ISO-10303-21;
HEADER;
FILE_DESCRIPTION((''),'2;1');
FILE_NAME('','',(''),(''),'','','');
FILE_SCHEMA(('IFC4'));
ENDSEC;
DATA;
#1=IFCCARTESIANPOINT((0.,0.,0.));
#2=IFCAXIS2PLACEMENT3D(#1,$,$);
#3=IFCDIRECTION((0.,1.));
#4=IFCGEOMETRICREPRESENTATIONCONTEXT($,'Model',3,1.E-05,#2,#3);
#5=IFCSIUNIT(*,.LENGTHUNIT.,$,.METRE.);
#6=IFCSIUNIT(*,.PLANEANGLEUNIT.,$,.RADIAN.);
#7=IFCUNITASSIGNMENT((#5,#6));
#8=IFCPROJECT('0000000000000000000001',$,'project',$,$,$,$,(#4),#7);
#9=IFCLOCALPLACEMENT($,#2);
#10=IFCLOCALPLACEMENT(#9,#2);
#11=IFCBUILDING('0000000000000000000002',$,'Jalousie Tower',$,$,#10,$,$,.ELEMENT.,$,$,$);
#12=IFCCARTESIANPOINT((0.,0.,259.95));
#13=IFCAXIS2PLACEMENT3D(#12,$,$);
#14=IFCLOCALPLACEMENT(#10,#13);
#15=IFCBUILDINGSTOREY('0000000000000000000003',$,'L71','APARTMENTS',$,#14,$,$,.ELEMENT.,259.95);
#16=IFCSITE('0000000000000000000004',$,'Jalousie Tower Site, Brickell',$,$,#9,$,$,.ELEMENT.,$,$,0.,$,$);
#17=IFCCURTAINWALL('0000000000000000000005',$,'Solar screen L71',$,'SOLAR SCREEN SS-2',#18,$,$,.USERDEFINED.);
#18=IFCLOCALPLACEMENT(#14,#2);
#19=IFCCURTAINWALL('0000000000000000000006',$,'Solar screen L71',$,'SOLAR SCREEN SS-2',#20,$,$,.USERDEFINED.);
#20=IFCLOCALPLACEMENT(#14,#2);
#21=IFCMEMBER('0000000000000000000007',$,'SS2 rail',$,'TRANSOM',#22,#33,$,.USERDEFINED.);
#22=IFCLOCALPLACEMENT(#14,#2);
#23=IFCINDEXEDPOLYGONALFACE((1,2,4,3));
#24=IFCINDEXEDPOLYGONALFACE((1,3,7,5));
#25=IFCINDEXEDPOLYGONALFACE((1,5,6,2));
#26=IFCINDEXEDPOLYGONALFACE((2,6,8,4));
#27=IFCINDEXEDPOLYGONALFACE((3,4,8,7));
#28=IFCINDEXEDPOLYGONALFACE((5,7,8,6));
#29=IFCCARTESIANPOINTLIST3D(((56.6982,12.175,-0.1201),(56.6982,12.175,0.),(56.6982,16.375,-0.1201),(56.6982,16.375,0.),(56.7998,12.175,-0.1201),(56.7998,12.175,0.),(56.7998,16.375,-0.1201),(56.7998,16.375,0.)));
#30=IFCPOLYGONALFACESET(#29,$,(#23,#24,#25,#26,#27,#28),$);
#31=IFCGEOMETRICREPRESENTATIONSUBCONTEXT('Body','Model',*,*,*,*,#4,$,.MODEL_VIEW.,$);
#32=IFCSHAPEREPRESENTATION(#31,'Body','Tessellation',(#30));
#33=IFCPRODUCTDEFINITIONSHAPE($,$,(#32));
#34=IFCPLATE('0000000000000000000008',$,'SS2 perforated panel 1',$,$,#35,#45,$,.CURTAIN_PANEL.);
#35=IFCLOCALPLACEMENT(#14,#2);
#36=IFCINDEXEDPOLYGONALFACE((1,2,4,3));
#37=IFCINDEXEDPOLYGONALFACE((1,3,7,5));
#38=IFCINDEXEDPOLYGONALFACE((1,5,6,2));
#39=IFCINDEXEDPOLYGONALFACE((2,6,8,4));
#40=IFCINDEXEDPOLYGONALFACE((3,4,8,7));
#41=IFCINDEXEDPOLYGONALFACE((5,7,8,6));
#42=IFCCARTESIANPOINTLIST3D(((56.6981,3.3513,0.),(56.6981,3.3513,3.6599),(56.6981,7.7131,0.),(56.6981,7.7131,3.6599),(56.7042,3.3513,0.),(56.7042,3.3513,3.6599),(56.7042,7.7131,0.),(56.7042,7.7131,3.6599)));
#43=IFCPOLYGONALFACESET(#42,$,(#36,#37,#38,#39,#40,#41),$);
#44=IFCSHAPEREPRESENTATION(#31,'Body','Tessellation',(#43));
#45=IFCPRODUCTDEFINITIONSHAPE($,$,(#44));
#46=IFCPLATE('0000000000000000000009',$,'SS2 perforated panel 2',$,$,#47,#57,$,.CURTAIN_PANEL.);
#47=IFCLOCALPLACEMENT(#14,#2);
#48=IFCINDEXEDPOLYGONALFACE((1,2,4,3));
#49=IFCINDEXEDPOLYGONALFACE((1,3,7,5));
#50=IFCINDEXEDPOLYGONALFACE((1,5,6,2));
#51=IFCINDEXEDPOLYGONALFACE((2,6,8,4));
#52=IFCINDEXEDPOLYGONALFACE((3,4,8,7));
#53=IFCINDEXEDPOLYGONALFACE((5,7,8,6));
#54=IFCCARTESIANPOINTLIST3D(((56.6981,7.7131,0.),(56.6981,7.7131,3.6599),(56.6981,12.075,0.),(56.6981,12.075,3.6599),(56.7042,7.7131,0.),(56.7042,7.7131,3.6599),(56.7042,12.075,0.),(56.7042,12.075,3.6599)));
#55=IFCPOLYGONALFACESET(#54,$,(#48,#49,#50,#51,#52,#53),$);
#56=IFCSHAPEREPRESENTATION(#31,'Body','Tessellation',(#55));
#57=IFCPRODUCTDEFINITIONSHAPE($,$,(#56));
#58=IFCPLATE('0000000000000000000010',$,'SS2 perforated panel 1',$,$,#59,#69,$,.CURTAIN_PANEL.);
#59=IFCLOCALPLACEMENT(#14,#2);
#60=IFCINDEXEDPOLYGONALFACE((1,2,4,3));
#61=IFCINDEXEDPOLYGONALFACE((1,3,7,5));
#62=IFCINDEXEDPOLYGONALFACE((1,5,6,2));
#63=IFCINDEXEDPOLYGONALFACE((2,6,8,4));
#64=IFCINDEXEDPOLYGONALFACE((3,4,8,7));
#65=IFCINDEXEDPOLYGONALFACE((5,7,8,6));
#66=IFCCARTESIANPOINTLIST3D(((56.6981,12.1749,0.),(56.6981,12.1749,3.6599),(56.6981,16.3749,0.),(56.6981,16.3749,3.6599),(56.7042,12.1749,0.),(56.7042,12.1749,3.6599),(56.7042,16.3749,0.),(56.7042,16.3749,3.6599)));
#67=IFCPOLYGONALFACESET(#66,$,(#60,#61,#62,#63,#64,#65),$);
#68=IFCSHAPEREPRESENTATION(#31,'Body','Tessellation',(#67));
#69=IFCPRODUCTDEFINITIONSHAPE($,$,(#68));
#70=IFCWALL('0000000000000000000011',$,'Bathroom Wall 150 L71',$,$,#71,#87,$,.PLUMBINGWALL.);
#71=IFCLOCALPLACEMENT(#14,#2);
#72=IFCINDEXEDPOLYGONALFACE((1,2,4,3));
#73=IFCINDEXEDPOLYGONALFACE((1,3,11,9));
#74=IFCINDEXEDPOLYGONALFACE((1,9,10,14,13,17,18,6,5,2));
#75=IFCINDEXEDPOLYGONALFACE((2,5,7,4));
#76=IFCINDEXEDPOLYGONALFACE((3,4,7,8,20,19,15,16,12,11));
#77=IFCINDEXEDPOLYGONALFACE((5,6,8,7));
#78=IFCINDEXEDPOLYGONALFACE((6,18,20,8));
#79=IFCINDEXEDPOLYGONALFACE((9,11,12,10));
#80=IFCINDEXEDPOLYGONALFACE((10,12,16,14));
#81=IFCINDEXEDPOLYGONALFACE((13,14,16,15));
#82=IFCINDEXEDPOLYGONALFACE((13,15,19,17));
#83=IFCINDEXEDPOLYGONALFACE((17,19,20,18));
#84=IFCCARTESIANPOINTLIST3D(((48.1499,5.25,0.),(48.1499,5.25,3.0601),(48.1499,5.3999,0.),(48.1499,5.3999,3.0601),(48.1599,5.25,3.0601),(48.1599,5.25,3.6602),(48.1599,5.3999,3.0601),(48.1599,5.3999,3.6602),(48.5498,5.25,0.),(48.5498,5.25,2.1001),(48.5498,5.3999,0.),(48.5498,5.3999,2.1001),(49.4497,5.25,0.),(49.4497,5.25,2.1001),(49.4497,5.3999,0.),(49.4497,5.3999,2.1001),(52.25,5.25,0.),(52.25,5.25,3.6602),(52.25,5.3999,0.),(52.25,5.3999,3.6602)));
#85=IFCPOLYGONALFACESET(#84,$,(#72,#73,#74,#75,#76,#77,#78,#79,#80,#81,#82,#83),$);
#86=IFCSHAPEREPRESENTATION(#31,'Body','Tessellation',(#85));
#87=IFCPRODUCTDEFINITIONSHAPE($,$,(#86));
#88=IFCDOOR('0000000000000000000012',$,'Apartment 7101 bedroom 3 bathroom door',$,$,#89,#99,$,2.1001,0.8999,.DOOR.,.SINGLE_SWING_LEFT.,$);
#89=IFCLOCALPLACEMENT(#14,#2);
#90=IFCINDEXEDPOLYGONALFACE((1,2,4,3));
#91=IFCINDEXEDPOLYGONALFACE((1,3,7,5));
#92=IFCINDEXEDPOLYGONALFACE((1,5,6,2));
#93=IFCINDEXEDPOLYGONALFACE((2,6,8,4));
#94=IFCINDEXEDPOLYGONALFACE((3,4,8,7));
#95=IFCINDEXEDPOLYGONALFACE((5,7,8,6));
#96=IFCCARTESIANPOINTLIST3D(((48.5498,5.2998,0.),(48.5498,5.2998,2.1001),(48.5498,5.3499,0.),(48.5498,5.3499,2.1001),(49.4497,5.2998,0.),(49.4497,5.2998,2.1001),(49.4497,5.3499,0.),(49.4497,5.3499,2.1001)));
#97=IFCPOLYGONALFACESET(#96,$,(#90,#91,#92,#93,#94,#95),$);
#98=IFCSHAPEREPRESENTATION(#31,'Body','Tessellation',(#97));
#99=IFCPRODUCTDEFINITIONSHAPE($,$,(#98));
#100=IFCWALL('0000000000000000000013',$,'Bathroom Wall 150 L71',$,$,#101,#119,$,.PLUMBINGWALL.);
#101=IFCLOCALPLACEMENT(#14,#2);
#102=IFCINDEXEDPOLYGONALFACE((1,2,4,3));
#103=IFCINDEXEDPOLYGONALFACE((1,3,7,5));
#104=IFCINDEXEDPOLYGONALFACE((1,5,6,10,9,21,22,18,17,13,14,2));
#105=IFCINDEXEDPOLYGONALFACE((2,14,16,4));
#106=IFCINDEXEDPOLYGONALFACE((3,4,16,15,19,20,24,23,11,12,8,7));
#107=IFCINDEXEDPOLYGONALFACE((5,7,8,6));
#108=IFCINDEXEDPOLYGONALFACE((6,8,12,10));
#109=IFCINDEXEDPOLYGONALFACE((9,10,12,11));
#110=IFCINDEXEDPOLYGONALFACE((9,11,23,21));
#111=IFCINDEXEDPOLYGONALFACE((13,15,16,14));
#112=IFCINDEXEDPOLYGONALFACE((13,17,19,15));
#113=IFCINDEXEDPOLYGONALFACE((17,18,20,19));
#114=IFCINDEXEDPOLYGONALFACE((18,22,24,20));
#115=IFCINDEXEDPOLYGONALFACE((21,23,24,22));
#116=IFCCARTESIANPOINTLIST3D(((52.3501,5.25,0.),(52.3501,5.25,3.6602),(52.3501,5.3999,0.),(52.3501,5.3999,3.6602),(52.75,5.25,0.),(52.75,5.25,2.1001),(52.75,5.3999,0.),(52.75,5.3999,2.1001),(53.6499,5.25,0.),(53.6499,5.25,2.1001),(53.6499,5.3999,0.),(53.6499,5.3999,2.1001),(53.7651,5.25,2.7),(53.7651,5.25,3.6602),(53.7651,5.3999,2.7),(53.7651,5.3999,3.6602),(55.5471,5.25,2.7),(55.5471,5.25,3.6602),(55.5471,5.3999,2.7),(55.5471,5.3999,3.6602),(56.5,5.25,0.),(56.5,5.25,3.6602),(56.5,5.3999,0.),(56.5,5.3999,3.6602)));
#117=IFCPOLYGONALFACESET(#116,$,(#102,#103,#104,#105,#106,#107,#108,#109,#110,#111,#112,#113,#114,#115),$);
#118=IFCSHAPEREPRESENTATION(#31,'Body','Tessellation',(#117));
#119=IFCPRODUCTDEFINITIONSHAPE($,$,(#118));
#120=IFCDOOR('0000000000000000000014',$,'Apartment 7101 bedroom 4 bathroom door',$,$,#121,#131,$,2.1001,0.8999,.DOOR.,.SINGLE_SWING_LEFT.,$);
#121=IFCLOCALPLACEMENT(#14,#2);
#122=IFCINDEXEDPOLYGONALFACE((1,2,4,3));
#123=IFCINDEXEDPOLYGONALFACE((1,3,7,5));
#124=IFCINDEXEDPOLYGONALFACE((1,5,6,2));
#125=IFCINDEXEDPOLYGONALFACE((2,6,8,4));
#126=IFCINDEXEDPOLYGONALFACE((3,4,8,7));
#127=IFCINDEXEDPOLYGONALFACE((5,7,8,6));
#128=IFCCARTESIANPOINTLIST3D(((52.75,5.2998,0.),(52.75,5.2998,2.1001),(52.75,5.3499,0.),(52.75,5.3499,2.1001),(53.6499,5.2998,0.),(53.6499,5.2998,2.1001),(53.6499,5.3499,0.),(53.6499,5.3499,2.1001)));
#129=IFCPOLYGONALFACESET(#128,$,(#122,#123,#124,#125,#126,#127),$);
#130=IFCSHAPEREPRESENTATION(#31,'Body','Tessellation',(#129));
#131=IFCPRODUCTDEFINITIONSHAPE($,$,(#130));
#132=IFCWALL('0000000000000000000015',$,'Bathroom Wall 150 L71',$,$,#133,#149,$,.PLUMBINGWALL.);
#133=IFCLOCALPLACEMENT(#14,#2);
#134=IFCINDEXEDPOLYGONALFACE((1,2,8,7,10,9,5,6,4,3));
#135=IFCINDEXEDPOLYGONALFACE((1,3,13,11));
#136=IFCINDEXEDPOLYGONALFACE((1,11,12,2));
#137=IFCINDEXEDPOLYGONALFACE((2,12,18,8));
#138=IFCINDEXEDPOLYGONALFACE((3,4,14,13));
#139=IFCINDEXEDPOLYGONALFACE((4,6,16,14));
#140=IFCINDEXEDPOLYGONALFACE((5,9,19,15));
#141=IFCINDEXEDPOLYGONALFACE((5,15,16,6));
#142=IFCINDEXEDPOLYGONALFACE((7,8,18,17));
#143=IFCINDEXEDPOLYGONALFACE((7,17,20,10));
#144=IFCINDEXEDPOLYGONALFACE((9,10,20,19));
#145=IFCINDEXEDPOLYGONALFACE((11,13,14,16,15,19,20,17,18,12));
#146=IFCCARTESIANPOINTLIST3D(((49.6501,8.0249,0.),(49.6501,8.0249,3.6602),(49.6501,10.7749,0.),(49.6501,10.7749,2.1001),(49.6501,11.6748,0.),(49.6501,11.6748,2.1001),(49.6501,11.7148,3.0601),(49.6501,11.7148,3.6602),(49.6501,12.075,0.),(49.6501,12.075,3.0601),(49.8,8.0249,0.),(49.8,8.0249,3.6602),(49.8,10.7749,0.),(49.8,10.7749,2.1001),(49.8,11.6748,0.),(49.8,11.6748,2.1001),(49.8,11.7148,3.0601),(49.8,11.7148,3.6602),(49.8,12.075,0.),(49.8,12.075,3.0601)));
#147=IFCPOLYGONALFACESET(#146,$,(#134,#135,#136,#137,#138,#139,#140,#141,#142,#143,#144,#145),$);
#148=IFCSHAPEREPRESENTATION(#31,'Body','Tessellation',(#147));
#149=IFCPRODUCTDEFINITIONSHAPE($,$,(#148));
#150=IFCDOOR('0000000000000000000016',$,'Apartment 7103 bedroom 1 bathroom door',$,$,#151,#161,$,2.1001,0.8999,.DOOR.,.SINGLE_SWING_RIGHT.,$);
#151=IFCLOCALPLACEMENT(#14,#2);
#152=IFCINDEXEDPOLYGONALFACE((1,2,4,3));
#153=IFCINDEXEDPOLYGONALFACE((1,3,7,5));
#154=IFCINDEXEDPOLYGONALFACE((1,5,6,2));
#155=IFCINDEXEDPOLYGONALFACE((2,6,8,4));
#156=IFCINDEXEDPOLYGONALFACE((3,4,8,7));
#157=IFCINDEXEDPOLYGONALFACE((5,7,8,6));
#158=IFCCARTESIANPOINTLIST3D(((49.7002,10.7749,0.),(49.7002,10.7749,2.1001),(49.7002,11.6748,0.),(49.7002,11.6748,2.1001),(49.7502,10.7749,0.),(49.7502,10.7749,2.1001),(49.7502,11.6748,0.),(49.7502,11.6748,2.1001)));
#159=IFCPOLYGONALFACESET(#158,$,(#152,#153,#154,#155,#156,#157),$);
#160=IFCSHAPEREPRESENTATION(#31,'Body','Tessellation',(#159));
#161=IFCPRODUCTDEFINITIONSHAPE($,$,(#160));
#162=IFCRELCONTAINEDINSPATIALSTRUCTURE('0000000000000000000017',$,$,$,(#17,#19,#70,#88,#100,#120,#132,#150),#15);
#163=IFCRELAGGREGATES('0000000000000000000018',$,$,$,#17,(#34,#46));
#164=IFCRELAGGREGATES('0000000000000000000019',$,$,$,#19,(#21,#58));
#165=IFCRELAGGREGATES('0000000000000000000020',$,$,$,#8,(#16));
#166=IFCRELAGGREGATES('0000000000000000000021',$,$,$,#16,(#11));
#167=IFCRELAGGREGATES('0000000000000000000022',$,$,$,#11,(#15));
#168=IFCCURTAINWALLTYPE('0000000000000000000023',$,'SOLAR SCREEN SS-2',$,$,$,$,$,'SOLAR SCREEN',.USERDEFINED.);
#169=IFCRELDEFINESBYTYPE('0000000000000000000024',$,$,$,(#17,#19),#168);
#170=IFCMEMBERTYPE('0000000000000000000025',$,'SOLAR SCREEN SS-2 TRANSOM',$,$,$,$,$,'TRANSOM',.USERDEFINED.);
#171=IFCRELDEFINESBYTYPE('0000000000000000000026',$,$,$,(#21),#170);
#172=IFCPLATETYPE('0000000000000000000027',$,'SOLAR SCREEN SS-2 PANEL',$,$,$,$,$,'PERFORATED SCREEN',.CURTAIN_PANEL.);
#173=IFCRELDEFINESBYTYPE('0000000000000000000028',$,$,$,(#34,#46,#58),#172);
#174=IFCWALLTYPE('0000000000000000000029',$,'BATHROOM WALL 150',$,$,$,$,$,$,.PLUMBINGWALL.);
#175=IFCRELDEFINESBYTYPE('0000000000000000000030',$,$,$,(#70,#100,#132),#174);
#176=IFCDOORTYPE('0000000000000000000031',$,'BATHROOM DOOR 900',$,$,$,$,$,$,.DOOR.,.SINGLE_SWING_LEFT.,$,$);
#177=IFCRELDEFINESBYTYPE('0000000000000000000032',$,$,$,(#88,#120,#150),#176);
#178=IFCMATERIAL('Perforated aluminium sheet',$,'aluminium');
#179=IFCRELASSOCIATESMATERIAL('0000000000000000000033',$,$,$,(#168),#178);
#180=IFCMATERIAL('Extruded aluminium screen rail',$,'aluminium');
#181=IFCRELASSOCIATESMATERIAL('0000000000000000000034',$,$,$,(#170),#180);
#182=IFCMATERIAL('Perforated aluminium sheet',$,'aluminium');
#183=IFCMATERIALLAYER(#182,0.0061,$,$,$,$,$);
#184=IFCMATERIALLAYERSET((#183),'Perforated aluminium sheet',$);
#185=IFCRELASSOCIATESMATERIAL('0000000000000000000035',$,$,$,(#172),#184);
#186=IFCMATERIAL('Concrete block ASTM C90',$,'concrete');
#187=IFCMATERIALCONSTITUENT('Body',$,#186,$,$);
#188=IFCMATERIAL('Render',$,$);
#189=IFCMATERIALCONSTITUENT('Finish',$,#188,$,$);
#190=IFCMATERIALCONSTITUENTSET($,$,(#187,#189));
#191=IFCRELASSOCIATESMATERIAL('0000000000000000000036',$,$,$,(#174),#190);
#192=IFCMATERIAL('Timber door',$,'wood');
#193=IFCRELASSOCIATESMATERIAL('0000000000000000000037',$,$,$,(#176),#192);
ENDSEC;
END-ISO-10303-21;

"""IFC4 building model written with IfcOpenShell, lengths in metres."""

from ifc_helpers import new_model, si_unit, direction, frame, frame_2d, origin, origin_2d, place, context, subcontext, project, spatial, polyline, rectangle, outline, extrude, material, layer, layer_set, constituent, constituent_set, material_profile, profile_set, type_object, element, fill, aggregate, save


model = new_model("IFC4")

# Units and contexts
model_context = context("Model", 3, precision=1e-05, world=origin(), true_north=direction((0.0, 1.0)))
body_context = subcontext(model_context, "Body", "Model", "MODEL_VIEW")
ifc_project = project(units=[si_unit("LENGTHUNIT", "METRE"), si_unit("PLANEANGLEUNIT", "RADIAN")], contexts=[model_context])

# Site, building, storey
site_placement = place(None, origin())
site = spatial("IfcSite", under=ifc_project, at=site_placement, Name="Jalousie Tower Site, Brickell", CompositionType="ELEMENT", RefElevation=0.0)
building_placement = place(site_placement, origin())
building = spatial("IfcBuilding", under=site, at=building_placement, Name="Jalousie Tower", CompositionType="ELEMENT")
storey_placement = place(building_placement, frame((0.0, 0.0, 259.95)))
storey = spatial("IfcBuildingStorey", under=building, at=storey_placement, Name="L71", Description="APARTMENTS", CompositionType="ELEMENT", Elevation=259.95)

# Curtain walls, member
ifc_material_1 = material(Name="Perforated aluminium sheet", Category="aluminium")
curtain_wall_type = type_object("IfcCurtainWallType", Name="SOLAR SCREEN SS-2", ElementType="SOLAR SCREEN", PredefinedType="USERDEFINED", material=ifc_material_1)
curtain_wall_1_placement = place(storey_placement, origin())
curtain_wall_1 = element("IfcCurtainWall", 1, at=curtain_wall_1_placement, inside=storey, type_object=curtain_wall_type, Name="Solar screen L71", ObjectType="SOLAR SCREEN SS-2", PredefinedType="USERDEFINED")
curtain_wall_2_placement = place(storey_placement, origin())
curtain_wall_2 = element("IfcCurtainWall", 2, at=curtain_wall_2_placement, inside=storey, type_object=curtain_wall_type, Name="Solar screen L71", ObjectType="SOLAR SCREEN SS-2", PredefinedType="USERDEFINED")
ifc_material_2 = material(Name="Extruded aluminium screen rail", Category="aluminium")
ifc_material_profile_1 = material_profile(ifc_material_2, rectangle(XDim=0.1016, YDim=0.1201, at=origin_2d()), Name="RAIL 102x120")
ifc_profile_set_1 = profile_set([ifc_material_profile_1], Name="Extruded aluminium screen rail")
member_type_1 = type_object("IfcMemberType", Name="SOLAR SCREEN SS-2 TRANSOM", ElementType="TRANSOM", PredefinedType="USERDEFINED", material=ifc_profile_set_1)
member_1_placement = place(storey_placement, frame((56.749, 12.175, -0.0601), z_axis=(0.0, 1.0, 0.0), x_axis=(-1.0, 0.0, 0.0)))
member_1 = element("IfcMember", 3, at=member_1_placement, type_object=member_type_1, Name="SS2 rail", ObjectType="TRANSOM", PredefinedType="USERDEFINED", context=body_context, shape_type="SweptSolid", body=[
    extrude(rectangle(XDim=0.1016, YDim=0.1201, at=origin_2d()), origin(), (0.0, 0.0, 1.0), 4.2),
])

# Plates
ifc_material_3 = material(Name="Perforated aluminium sheet", Category="aluminium")
ifc_layer = layer(ifc_material_3, 0.0061)
ifc_layer_set = layer_set([ifc_layer], Name="Perforated aluminium sheet")
plate_type = type_object("IfcPlateType", Name="SOLAR SCREEN SS-2 PANEL", ElementType="PERFORATED SCREEN", PredefinedType="CURTAIN_PANEL", material=ifc_layer_set)
plate_1_placement = place(storey_placement, frame((56.7012, 5.5322, 0.0), z_axis=(0.0, 0.0, 1.0), x_axis=(0.0, 1.0, 0.0)))
plate_1 = element("IfcPlate", 4, at=plate_1_placement, type_object=plate_type, Name="SS2 perforated panel 1", PredefinedType="CURTAIN_PANEL", context=body_context, shape_type="SweptSolid", body=[
    extrude(rectangle(XDim=4.3618, YDim=0.0061, at=origin_2d()), origin(), (0.0, 0.0, 1.0), 3.6599),
])
plate_2_placement = place(storey_placement, frame((56.7012, 9.894, 0.0), z_axis=(0.0, 0.0, 1.0), x_axis=(0.0, 1.0, 0.0)))
plate_2 = element("IfcPlate", 5, at=plate_2_placement, type_object=plate_type, Name="SS2 perforated panel 2", PredefinedType="CURTAIN_PANEL", context=body_context, shape_type="SweptSolid", body=[
    extrude(rectangle(XDim=4.3618, YDim=0.0061, at=origin_2d()), origin(), (0.0, 0.0, 1.0), 3.6599),
])
aggregate(curtain_wall_1, [plate_1, plate_2])
plate_3_placement = place(storey_placement, frame((56.7012, 14.2749, 0.0), z_axis=(0.0, 0.0, 1.0), x_axis=(0.0, 1.0, 0.0)))
plate_3 = element("IfcPlate", 6, at=plate_3_placement, type_object=plate_type, Name="SS2 perforated panel 1", PredefinedType="CURTAIN_PANEL", context=body_context, shape_type="SweptSolid", body=[
    extrude(rectangle(XDim=4.2, YDim=0.0061, at=origin_2d()), origin(), (0.0, 0.0, 1.0), 3.6599),
])
aggregate(curtain_wall_2, [member_1, plate_3])

# Walls, openings, doors
ifc_material_4 = material(Name="Concrete block ASTM C90", Category="concrete")
ifc_constituent_1 = constituent(ifc_material_4, Name="Body")
ifc_material_5 = material(Name="Render")
ifc_constituent_2 = constituent(ifc_material_5, Name="Finish")
ifc_constituent_set_1 = constituent_set(constituents=[ifc_constituent_1, ifc_constituent_2])
wall_type_1 = type_object("IfcWallType", Name="BATHROOM WALL 150", PredefinedType="PLUMBINGWALL", material=ifc_constituent_set_1)
wall_1_placement = place(storey_placement, frame((48.1499, 5.325, 0.0), z_axis=(0.0, 0.0, 1.0), x_axis=(1.0, 0.0, 0.0)))
wall_1 = element("IfcWall", 7, at=wall_1_placement, inside=storey, type_object=wall_type_1, Name="Bathroom Wall 150 L71", PredefinedType="PLUMBINGWALL", context=body_context, shape_type="SweptSolid", body=[
    extrude(outline(polyline([(0.0, 0.0), (4.1001, 0.0), (4.1001, 3.6602), (0.01, 3.6602), (0.01, 3.0601), (0.0, 3.0601), (0.0, 3.6602), (0.0, 0.0)])), frame((0.0, 0.075, 0.0), z_axis=(0.0, -1.0, 0.0), x_axis=(1.0, 0.0, 0.0)), (0.0, 0.0, 1.0), 0.1499),
])
opening_1_placement = place(wall_1_placement, frame((0.3999, 0.0, 0.0)))
opening_1 = element("IfcOpeningElement", 8, at=opening_1_placement, cuts=wall_1, PredefinedType="OPENING", context=body_context, shape_type="SweptSolid", body=[
    extrude(rectangle(XDim=0.8999, YDim=2.1001, at=frame_2d((0.45, 1.05))), frame((0.0, 0.085, 0.0), z_axis=(0.0, -1.0, 0.0), x_axis=(1.0, 0.0, 0.0)), (0.0, 0.0, 1.0), 0.1699),
])
ifc_material_6 = material(Name="Timber door", Category="wood")
door_type_1 = type_object("IfcDoorType", Name="BATHROOM DOOR 900", OperationType="SINGLE_SWING_LEFT", PredefinedType="DOOR", material=ifc_material_6)
door_1_placement = place(opening_1_placement, origin())
door_1 = element("IfcDoor", 9, at=door_1_placement, inside=storey, type_object=door_type_1, Name="Apartment 7101 bedroom 3 bathroom door", OperationType="SINGLE_SWING_LEFT", OverallHeight=2.1001, OverallWidth=0.8999, PredefinedType="DOOR", context=body_context, shape_type="SweptSolid", body=[
    extrude(rectangle(XDim=0.8999, YDim=2.1001, at=frame_2d((0.45, 1.05))), frame((0.0, 0.0249, 0.0), z_axis=(0.0, -1.0, 0.0), x_axis=(1.0, 0.0, 0.0)), (0.0, 0.0, 1.0), 0.05),
])
fill(opening_1, door_1)
wall_2_placement = place(storey_placement, frame((52.3501, 5.325, 0.0), z_axis=(0.0, 0.0, 1.0), x_axis=(1.0, 0.0, 0.0)))
wall_2 = element("IfcWall", 10, at=wall_2_placement, inside=storey, type_object=wall_type_1, Name="Bathroom Wall 150 L71", PredefinedType="PLUMBINGWALL", context=body_context, shape_type="SweptSolid", body=[
    extrude(outline(polyline([(0.0, 0.0), (4.1499, 0.0), (4.1499, 3.6602), (3.197, 3.6602), (3.197, 2.7), (1.415, 2.7), (1.415, 3.6602), (0.0, 3.6602), (0.0, 0.0)])), frame((0.0, 0.075, 0.0), z_axis=(0.0, -1.0, 0.0), x_axis=(1.0, 0.0, 0.0)), (0.0, 0.0, 1.0), 0.1499),
])
opening_2_placement = place(wall_2_placement, frame((0.3999, 0.0, 0.0)))
opening_2 = element("IfcOpeningElement", 11, at=opening_2_placement, cuts=wall_2, PredefinedType="OPENING", context=body_context, shape_type="SweptSolid", body=[
    extrude(rectangle(XDim=0.8999, YDim=2.1001, at=frame_2d((0.45, 1.05))), frame((0.0, 0.085, 0.0), z_axis=(0.0, -1.0, 0.0), x_axis=(1.0, 0.0, 0.0)), (0.0, 0.0, 1.0), 0.1699),
])
door_2_placement = place(opening_2_placement, origin())
door_2 = element("IfcDoor", 12, at=door_2_placement, inside=storey, type_object=door_type_1, Name="Apartment 7101 bedroom 4 bathroom door", OperationType="SINGLE_SWING_LEFT", OverallHeight=2.1001, OverallWidth=0.8999, PredefinedType="DOOR", context=body_context, shape_type="SweptSolid", body=[
    extrude(rectangle(XDim=0.8999, YDim=2.1001, at=frame_2d((0.45, 1.05))), frame((0.0, 0.0249, 0.0), z_axis=(0.0, -1.0, 0.0), x_axis=(1.0, 0.0, 0.0)), (0.0, 0.0, 1.0), 0.05),
])
fill(opening_2, door_2)
wall_3_placement = place(storey_placement, frame((49.7251, 8.0249, 0.0), z_axis=(0.0, 0.0, 1.0), x_axis=(0.0, 1.0, 0.0)))
wall_3 = element("IfcWall", 13, at=wall_3_placement, inside=storey, type_object=wall_type_1, Name="Bathroom Wall 150 L71", PredefinedType="PLUMBINGWALL", context=body_context, shape_type="SweptSolid", body=[
    extrude(outline(polyline([(0.0, 0.0), (4.05, 0.0), (4.05, 3.6602), (4.05, 3.0601), (3.6899, 3.0601), (3.6899, 3.6602), (0.0, 3.6602), (0.0, 0.0)])), frame((0.0, 0.075, 0.0), z_axis=(0.0, -1.0, 0.0), x_axis=(1.0, 0.0, 0.0)), (0.0, 0.0, 1.0), 0.1499),
])
opening_3_placement = place(wall_3_placement, frame((2.75, 0.0, 0.0)))
opening_3 = element("IfcOpeningElement", 14, at=opening_3_placement, cuts=wall_3, PredefinedType="OPENING", context=body_context, shape_type="SweptSolid", body=[
    extrude(rectangle(XDim=0.8999, YDim=2.1001, at=frame_2d((0.45, 1.05))), frame((0.0, 0.085, 0.0), z_axis=(0.0, -1.0, 0.0), x_axis=(1.0, 0.0, 0.0)), (0.0, 0.0, 1.0), 0.1699),
])
door_3_placement = place(opening_3_placement, origin())
door_3 = element("IfcDoor", 15, at=door_3_placement, inside=storey, type_object=door_type_1, Name="Apartment 7103 bedroom 1 bathroom door", OperationType="SINGLE_SWING_RIGHT", OverallHeight=2.1001, OverallWidth=0.8999, PredefinedType="DOOR", context=body_context, shape_type="SweptSolid", body=[
    extrude(rectangle(XDim=0.8999, YDim=2.1001, at=frame_2d((0.45, 1.05))), frame((0.0, 0.0249, 0.0), z_axis=(0.0, -1.0, 0.0), x_axis=(1.0, 0.0, 0.0)), (0.0, 0.0, 1.0), 0.05),
])
fill(opening_3, door_3)

save(model, "model.ifc")
